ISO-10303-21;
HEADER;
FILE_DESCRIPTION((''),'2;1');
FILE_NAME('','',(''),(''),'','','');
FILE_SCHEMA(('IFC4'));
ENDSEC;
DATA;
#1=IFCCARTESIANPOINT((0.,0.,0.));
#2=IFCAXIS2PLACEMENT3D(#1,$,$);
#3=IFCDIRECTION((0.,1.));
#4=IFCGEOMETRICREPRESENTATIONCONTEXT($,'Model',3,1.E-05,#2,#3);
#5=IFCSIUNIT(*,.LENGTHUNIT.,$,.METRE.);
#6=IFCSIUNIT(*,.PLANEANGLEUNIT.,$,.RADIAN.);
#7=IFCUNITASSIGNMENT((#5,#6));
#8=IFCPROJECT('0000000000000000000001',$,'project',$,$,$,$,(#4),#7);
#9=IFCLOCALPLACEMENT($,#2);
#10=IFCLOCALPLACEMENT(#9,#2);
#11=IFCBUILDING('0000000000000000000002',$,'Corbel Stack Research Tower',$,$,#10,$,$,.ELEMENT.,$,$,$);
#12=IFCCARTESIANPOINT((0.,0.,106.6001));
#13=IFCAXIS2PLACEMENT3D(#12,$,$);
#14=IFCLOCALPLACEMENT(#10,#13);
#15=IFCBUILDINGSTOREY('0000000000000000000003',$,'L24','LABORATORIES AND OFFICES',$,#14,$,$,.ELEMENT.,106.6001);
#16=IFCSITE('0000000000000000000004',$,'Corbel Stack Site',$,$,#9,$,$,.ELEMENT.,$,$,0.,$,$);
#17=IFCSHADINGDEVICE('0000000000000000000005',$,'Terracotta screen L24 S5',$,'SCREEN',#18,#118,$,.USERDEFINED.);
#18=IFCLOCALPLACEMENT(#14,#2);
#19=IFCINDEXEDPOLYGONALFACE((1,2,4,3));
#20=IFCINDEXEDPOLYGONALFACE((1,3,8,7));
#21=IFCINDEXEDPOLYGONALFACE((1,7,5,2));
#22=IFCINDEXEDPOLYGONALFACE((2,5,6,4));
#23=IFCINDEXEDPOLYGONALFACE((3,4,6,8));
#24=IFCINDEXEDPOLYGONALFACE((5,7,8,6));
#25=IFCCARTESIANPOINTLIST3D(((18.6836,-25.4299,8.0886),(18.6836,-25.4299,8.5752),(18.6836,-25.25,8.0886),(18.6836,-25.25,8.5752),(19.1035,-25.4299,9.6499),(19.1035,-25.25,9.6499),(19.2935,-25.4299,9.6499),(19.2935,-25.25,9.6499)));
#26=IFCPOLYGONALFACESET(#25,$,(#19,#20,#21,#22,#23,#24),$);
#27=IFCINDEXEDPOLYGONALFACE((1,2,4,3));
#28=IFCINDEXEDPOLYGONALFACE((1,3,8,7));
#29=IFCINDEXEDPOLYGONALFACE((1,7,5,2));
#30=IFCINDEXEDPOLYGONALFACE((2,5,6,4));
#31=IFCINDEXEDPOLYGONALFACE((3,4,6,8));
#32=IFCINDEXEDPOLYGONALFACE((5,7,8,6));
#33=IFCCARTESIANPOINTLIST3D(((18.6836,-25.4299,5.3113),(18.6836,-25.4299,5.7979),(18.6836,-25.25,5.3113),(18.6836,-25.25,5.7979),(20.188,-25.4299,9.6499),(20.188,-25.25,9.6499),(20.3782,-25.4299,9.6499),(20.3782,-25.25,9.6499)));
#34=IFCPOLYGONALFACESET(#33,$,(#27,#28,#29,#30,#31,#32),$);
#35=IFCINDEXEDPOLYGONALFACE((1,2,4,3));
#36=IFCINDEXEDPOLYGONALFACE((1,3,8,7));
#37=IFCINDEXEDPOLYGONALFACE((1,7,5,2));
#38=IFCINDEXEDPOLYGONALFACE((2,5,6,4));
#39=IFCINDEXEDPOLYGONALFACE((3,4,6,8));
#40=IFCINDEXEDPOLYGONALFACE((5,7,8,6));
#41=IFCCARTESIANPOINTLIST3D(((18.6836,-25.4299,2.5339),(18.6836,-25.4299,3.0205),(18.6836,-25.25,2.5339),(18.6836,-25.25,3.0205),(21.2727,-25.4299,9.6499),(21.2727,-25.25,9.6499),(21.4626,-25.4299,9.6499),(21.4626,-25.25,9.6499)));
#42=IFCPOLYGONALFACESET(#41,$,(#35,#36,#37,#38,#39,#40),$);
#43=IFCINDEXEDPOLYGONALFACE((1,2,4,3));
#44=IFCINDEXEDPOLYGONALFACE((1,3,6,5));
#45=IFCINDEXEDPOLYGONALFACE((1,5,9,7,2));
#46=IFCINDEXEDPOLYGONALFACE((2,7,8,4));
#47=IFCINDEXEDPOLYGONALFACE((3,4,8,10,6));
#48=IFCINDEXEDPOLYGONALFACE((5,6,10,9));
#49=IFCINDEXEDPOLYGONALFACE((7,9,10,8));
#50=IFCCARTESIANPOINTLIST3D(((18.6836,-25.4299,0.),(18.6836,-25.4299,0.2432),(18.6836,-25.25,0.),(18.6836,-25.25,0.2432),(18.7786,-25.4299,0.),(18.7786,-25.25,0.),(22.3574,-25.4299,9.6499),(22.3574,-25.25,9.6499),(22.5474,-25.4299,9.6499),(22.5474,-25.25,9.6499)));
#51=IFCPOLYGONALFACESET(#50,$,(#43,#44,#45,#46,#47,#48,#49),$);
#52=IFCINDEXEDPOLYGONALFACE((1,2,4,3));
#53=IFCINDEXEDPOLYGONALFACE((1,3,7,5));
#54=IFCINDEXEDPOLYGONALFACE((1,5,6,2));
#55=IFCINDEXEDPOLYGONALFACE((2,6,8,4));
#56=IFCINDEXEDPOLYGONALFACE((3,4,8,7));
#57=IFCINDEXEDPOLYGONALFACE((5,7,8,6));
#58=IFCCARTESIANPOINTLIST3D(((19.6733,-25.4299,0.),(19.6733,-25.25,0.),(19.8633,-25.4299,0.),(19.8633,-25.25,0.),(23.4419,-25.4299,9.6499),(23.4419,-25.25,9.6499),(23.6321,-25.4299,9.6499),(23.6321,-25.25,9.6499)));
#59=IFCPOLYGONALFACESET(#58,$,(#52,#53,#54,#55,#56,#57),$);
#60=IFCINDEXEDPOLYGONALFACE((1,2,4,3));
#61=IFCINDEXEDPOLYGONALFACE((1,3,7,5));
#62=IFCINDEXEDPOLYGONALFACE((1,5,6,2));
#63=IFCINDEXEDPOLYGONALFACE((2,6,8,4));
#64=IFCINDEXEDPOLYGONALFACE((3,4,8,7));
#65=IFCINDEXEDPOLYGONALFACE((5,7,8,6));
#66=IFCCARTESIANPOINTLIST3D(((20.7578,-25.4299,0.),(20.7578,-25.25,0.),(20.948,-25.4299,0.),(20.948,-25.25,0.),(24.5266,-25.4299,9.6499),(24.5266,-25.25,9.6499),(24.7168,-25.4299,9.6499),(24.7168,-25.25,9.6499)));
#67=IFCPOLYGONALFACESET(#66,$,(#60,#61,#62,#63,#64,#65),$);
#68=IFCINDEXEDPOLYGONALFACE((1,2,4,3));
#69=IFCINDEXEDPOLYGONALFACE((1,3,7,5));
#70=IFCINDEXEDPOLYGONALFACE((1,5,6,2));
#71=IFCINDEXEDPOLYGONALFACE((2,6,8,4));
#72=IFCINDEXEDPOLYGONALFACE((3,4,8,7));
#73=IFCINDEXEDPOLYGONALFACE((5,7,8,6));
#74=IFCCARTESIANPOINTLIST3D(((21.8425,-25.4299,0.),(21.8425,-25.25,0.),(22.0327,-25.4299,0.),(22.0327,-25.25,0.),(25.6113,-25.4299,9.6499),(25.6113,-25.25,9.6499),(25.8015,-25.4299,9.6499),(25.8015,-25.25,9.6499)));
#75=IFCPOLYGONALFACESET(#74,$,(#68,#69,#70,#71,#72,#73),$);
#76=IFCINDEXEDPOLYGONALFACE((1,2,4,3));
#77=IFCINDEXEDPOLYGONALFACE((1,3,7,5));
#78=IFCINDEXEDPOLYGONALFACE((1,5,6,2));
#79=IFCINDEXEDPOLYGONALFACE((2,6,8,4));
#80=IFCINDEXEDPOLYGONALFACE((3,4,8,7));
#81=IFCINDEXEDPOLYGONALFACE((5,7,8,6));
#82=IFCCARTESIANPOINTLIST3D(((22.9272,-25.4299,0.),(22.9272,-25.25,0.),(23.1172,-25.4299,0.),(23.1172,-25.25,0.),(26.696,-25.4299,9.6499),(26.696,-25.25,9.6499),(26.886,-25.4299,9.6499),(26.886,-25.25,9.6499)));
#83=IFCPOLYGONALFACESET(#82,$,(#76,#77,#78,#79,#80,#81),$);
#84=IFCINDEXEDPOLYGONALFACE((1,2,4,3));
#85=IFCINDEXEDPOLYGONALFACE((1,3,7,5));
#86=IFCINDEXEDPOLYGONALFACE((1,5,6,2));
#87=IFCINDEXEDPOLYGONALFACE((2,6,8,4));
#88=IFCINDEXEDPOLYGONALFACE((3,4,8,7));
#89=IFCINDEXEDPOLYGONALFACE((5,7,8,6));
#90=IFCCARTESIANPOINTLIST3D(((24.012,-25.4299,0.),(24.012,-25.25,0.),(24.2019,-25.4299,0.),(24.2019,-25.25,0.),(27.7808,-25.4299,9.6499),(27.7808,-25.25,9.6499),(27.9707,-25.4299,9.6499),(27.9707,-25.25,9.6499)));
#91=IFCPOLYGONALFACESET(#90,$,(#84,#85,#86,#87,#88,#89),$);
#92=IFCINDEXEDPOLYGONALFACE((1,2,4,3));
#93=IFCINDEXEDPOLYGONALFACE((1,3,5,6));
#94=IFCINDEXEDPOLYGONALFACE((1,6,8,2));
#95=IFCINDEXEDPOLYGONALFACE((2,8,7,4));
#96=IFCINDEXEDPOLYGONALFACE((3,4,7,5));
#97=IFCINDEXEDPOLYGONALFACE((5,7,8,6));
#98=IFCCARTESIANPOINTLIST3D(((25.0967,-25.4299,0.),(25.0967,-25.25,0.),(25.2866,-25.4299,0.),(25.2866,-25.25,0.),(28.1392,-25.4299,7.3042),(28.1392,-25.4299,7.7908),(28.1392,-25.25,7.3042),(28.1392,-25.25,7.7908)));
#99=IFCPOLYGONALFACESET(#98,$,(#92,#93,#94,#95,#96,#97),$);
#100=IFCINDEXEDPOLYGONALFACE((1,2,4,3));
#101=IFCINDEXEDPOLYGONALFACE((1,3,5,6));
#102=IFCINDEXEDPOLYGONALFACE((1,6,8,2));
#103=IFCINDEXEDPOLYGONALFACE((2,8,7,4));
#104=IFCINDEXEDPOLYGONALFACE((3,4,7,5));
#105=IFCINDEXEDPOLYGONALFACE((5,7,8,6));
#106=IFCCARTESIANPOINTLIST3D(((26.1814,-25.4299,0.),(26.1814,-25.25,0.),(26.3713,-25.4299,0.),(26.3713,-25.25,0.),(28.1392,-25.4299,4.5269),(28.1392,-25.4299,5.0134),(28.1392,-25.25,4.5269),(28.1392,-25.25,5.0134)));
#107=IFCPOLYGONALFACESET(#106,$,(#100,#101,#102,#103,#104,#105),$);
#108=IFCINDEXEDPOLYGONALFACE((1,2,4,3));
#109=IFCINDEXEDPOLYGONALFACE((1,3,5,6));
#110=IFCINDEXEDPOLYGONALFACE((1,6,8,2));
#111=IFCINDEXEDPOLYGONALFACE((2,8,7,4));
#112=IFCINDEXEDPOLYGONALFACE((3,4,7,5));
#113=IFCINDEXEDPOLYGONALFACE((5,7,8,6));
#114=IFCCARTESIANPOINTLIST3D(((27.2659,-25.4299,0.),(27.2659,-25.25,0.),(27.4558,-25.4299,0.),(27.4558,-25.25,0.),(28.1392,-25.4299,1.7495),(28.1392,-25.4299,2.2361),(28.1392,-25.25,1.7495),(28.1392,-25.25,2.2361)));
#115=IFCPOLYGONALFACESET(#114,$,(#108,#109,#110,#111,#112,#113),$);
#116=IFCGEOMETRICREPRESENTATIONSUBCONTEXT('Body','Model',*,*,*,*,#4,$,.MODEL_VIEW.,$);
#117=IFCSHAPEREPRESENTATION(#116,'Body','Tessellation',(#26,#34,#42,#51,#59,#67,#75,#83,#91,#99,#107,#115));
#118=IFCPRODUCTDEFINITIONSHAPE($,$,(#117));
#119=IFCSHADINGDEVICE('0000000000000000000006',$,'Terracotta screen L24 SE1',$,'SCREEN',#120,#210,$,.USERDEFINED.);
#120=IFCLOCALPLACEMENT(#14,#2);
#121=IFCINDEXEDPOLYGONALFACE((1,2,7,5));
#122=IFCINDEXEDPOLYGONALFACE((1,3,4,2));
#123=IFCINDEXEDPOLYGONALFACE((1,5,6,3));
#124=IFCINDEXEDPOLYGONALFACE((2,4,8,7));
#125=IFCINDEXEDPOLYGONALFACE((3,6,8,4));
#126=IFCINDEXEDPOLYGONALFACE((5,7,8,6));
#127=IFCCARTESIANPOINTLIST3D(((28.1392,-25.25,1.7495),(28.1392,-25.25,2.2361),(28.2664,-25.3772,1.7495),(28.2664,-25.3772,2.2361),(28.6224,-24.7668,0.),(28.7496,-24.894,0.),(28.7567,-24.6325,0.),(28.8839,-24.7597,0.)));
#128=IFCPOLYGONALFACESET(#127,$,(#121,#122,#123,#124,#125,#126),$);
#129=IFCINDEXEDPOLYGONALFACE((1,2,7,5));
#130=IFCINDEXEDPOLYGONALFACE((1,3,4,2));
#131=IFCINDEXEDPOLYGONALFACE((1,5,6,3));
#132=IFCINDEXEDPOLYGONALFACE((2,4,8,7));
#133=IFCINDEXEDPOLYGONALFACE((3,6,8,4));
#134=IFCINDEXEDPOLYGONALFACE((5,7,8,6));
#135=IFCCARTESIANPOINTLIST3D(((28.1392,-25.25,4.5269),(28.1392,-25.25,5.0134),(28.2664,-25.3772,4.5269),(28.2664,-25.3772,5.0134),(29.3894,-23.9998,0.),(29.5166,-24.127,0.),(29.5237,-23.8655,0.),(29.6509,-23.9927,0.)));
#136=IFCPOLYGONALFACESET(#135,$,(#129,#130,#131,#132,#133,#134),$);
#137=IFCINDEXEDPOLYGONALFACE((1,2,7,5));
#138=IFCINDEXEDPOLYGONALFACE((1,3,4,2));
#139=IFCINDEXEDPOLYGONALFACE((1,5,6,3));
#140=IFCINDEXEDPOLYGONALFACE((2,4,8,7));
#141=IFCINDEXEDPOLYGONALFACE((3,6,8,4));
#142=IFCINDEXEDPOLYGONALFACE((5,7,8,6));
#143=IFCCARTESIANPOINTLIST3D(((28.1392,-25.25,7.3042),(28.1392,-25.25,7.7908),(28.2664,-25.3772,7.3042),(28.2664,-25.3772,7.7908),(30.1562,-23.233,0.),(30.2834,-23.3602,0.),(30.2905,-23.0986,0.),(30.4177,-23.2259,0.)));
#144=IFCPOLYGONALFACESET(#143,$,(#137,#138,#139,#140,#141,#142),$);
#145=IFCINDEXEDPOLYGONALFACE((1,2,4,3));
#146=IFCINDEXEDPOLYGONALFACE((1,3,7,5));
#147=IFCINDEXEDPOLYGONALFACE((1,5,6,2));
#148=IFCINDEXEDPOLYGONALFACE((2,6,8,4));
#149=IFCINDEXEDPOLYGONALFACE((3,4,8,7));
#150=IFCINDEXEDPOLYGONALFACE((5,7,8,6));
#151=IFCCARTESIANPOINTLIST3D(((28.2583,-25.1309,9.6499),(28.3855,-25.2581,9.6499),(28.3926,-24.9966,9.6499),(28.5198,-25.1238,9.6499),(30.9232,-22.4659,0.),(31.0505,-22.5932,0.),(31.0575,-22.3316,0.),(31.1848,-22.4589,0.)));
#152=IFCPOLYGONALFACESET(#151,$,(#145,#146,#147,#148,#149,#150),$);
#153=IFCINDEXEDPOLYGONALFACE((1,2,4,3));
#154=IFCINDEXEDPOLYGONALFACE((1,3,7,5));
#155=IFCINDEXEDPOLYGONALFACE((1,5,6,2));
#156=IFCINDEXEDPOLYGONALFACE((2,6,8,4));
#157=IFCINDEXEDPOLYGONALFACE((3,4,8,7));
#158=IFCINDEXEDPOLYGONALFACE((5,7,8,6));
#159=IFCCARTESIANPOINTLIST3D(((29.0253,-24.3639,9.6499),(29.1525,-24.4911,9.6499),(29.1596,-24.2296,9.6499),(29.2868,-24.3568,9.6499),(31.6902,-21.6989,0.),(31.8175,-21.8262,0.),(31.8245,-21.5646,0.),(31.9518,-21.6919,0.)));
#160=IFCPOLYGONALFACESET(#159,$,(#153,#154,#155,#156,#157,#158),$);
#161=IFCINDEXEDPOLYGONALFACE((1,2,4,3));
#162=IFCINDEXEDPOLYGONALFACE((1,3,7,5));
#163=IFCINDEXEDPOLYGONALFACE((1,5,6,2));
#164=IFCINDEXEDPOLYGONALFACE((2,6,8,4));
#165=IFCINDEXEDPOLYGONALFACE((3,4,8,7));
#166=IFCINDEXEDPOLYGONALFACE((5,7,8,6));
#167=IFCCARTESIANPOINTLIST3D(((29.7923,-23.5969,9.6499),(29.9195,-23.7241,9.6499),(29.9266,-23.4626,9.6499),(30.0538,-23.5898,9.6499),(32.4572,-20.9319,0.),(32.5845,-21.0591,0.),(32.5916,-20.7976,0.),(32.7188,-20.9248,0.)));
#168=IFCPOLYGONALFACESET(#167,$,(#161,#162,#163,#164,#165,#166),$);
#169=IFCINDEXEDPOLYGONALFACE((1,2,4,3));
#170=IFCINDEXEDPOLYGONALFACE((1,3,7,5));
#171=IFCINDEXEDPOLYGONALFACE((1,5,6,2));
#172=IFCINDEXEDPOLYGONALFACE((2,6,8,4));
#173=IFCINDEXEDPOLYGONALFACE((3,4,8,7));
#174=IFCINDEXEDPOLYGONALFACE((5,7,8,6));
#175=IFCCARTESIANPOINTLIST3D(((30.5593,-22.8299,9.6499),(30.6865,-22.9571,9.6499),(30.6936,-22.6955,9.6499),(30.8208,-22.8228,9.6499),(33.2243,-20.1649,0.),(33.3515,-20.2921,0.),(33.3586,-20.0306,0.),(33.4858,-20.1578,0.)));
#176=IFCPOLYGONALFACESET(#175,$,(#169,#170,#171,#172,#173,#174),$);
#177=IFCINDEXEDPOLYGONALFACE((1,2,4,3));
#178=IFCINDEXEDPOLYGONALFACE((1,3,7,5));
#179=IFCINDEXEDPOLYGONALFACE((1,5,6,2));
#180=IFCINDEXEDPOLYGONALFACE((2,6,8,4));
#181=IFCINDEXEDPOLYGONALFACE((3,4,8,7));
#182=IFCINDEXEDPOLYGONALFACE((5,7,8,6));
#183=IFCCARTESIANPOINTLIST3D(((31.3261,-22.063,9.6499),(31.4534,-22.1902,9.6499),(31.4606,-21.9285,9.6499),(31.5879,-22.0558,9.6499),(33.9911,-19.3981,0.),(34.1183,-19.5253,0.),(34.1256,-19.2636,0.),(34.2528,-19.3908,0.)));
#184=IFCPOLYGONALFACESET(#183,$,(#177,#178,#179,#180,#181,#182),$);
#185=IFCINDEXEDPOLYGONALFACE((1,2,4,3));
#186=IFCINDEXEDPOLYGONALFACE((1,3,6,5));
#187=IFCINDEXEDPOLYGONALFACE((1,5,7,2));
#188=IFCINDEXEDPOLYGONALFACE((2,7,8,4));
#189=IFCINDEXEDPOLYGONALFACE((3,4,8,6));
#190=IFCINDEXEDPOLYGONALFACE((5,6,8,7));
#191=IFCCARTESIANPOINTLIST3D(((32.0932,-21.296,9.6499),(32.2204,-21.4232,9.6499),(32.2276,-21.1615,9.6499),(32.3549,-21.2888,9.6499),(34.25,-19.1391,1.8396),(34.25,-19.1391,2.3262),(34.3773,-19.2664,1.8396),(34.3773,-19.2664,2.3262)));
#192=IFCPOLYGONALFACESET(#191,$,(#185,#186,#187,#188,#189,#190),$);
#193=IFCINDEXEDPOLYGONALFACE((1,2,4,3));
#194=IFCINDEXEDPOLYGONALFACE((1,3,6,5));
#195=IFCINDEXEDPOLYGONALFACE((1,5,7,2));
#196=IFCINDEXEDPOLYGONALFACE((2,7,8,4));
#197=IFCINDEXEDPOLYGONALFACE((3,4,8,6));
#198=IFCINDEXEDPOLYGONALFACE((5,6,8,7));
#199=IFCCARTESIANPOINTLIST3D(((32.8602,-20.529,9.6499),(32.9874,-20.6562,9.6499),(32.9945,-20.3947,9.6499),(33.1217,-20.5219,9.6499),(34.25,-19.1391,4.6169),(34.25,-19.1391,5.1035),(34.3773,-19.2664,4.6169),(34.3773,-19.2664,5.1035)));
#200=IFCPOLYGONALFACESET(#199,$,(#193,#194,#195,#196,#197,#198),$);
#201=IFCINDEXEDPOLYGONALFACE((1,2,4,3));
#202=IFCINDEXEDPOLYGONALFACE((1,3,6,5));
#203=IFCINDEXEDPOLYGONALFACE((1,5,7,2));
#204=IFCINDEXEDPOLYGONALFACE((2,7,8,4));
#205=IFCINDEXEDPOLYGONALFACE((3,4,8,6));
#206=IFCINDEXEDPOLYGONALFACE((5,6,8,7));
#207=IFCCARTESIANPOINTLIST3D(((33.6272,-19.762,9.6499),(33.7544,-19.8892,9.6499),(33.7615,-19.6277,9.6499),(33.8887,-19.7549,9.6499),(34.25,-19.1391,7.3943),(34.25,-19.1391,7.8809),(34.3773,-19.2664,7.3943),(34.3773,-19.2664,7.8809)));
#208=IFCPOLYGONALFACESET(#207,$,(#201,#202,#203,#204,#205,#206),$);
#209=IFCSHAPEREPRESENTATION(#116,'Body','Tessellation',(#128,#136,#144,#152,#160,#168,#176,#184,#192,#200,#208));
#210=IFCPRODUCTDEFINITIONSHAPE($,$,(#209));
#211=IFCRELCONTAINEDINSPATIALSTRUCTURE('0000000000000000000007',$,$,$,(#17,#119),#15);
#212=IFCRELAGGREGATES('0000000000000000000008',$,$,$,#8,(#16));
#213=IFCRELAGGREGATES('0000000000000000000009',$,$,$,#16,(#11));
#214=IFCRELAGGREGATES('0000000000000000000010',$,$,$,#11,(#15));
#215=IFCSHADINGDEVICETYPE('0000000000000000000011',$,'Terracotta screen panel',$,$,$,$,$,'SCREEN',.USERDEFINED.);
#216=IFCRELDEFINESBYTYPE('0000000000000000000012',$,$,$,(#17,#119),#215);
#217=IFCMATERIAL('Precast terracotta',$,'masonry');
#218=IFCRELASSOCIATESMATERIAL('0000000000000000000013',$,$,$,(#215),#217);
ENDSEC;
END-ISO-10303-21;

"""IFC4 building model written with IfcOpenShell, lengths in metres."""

from ifc_helpers import new_model, si_unit, direction, frame, origin, place, context, subcontext, project, spatial, polyline, outline, extrude, source, transform, mapped, material, type_object, element, save


model = new_model("IFC4")

# Units and contexts
model_context = context("Model", 3, precision=1e-05, world=origin(), true_north=direction((0.0, 1.0)))
body_context = subcontext(model_context, "Body", "Model", "MODEL_VIEW")
ifc_project = project(units=[si_unit("LENGTHUNIT", "METRE"), si_unit("PLANEANGLEUNIT", "RADIAN")], contexts=[model_context])

# Site, building, storey
site_placement = place(None, origin())
site = spatial("IfcSite", under=ifc_project, at=site_placement, Name="Corbel Stack Site", CompositionType="ELEMENT", RefElevation=0.0)
building_placement = place(site_placement, origin())
building = spatial("IfcBuilding", under=site, at=building_placement, Name="Corbel Stack Research Tower", CompositionType="ELEMENT")
storey_placement = place(building_placement, frame((0.0, 0.0, 106.6001)))
storey = spatial("IfcBuildingStorey", under=building, at=storey_placement, Name="L24", Description="LABORATORIES AND OFFICES", CompositionType="ELEMENT", Elevation=106.6001)

# Shading devices
ifc_material_1 = material(Name="Precast terracotta", Category="masonry")
shading_device_type = type_object("IfcShadingDeviceType", Name="Terracotta screen panel", ElementType="SCREEN", PredefinedType="USERDEFINED", material=ifc_material_1)
shared_shape_1 = source(origin(), body_context, "Body", "SweptSolid", [
    extrude(outline(polyline([(0.6099, 9.6499), (0.4199, 9.6499), (0.0, 8.5752), (0.0, 8.0886), (0.6099, 9.6499)])), frame((0.0, 0.0, 0.0), z_axis=(0.0, -1.0, 0.0), x_axis=(1.0, 0.0, 0.0)), (0.0, 0.0, 1.0), 0.1799),
    extrude(outline(polyline([(1.6946, 9.6499), (1.5044, 9.6499), (0.0, 5.7979), (0.0, 5.3113), (1.6946, 9.6499)])), frame((0.0, 0.0, 0.0), z_axis=(0.0, -1.0, 0.0), x_axis=(1.0, 0.0, 0.0)), (0.0, 0.0, 1.0), 0.1799),
    extrude(outline(polyline([(2.7791, 9.6499), (2.5891, 9.6499), (0.0, 3.0205), (0.0, 2.5339), (2.7791, 9.6499)])), frame((0.0, 0.0, 0.0), z_axis=(0.0, -1.0, 0.0), x_axis=(1.0, 0.0, 0.0)), (0.0, 0.0, 1.0), 0.1799),
    extrude(outline(polyline([(0.095, 0.0), (3.8638, 9.6499), (3.6738, 9.6499), (0.0, 0.2432), (0.0, 0.0), (0.095, 0.0)])), frame((0.0, 0.0, 0.0), z_axis=(0.0, -1.0, 0.0), x_axis=(1.0, 0.0, 0.0)), (0.0, 0.0, 1.0), 0.1799),
    extrude(outline(polyline([(1.1797, 0.0), (4.9485, 9.6499), (4.7583, 9.6499), (0.9897, 0.0), (1.1797, 0.0)])), frame((0.0, 0.0, 0.0), z_axis=(0.0, -1.0, 0.0), x_axis=(1.0, 0.0, 0.0)), (0.0, 0.0, 1.0), 0.1799),
    extrude(outline(polyline([(2.2644, 0.0), (6.0332, 9.6499), (5.843, 9.6499), (2.0742, 0.0), (2.2644, 0.0)])), frame((0.0, 0.0, 0.0), z_axis=(0.0, -1.0, 0.0), x_axis=(1.0, 0.0, 0.0)), (0.0, 0.0, 1.0), 0.1799),
    extrude(outline(polyline([(3.3491, 0.0), (7.1179, 9.6499), (6.9277, 9.6499), (3.1589, 0.0), (3.3491, 0.0)])), frame((0.0, 0.0, 0.0), z_axis=(0.0, -1.0, 0.0), x_axis=(1.0, 0.0, 0.0)), (0.0, 0.0, 1.0), 0.1799),
    extrude(outline(polyline([(4.4336, 0.0), (8.2024, 9.6499), (8.0125, 9.6499), (4.2437, 0.0), (4.4336, 0.0)])), frame((0.0, 0.0, 0.0), z_axis=(0.0, -1.0, 0.0), x_axis=(1.0, 0.0, 0.0)), (0.0, 0.0, 1.0), 0.1799),
    extrude(outline(polyline([(5.5183, 0.0), (9.2871, 9.6499), (9.0972, 9.6499), (5.3284, 0.0), (5.5183, 0.0)])), frame((0.0, 0.0, 0.0), z_axis=(0.0, -1.0, 0.0), x_axis=(1.0, 0.0, 0.0)), (0.0, 0.0, 1.0), 0.1799),
    extrude(outline(polyline([(6.603, 0.0), (9.4556, 7.3042), (9.4556, 7.7908), (6.4131, 0.0), (6.603, 0.0)])), frame((0.0, 0.0, 0.0), z_axis=(0.0, -1.0, 0.0), x_axis=(1.0, 0.0, 0.0)), (0.0, 0.0, 1.0), 0.1799),
    extrude(outline(polyline([(7.6877, 0.0), (9.4556, 4.5269), (9.4556, 5.0134), (7.4978, 0.0), (7.6877, 0.0)])), frame((0.0, 0.0, 0.0), z_axis=(0.0, -1.0, 0.0), x_axis=(1.0, 0.0, 0.0)), (0.0, 0.0, 1.0), 0.1799),
    extrude(outline(polyline([(8.7722, 0.0), (9.4556, 1.7495), (9.4556, 2.2361), (8.5823, 0.0), (8.7722, 0.0)])), frame((0.0, 0.0, 0.0), z_axis=(0.0, -1.0, 0.0), x_axis=(1.0, 0.0, 0.0)), (0.0, 0.0, 1.0), 0.1799),
])
shading_device_1_placement = place(storey_placement, frame((18.6836, -25.25, 0.0), z_axis=(0.0, 0.0, 1.0), x_axis=(1.0, 0.0, 0.0)))
element("IfcShadingDevice", 1, at=shading_device_1_placement, inside=storey, type_object=shading_device_type, Name="Terracotta screen L24 S5", ObjectType="SCREEN", PredefinedType="USERDEFINED", context=body_context, shape_type="MappedRepresentation", body=[
    mapped(shared_shape_1, transform((0.0, 0.0, 0.0))),
])
shared_shape_2 = source(origin(), body_context, "Body", "SweptSolid", [
    extrude(outline(polyline([(0.8733, 0.0), (0.0, 2.2361), (0.0, 1.7495), (0.6833, 0.0), (0.8733, 0.0)])), frame((0.0, 0.0, 0.0), z_axis=(0.0, -1.0, 0.0), x_axis=(1.0, 0.0, 0.0)), (0.0, 0.0, 1.0), 0.1799),
    extrude(outline(polyline([(1.958, 0.0), (0.0, 5.0134), (0.0, 4.5269), (1.7681, 0.0), (1.958, 0.0)])), frame((0.0, 0.0, 0.0), z_axis=(0.0, -1.0, 0.0), x_axis=(1.0, 0.0, 0.0)), (0.0, 0.0, 1.0), 0.1799),
    extrude(outline(polyline([(3.0425, 0.0), (0.0, 7.7908), (0.0, 7.3042), (2.8525, 0.0), (3.0425, 0.0)])), frame((0.0, 0.0, 0.0), z_axis=(0.0, -1.0, 0.0), x_axis=(1.0, 0.0, 0.0)), (0.0, 0.0, 1.0), 0.1799),
    extrude(outline(polyline([(4.1272, 0.0), (0.3584, 9.6499), (0.1685, 9.6499), (3.9373, 0.0), (4.1272, 0.0)])), frame((0.0, 0.0, 0.0), z_axis=(0.0, -1.0, 0.0), x_axis=(1.0, 0.0, 0.0)), (0.0, 0.0, 1.0), 0.1799),
    extrude(outline(polyline([(5.2119, 0.0), (1.4431, 9.6499), (1.2532, 9.6499), (5.022, 0.0), (5.2119, 0.0)])), frame((0.0, 0.0, 0.0), z_axis=(0.0, -1.0, 0.0), x_axis=(1.0, 0.0, 0.0)), (0.0, 0.0, 1.0), 0.1799),
    extrude(outline(polyline([(6.2966, 0.0), (2.5278, 9.6499), (2.3379, 9.6499), (6.1067, 0.0), (6.2966, 0.0)])), frame((0.0, 0.0, 0.0), z_axis=(0.0, -1.0, 0.0), x_axis=(1.0, 0.0, 0.0)), (0.0, 0.0, 1.0), 0.1799),
    extrude(outline(polyline([(7.3813, 0.0), (3.6125, 9.6499), (3.4226, 9.6499), (7.1914, 0.0), (7.3813, 0.0)])), frame((0.0, 0.0, 0.0), z_axis=(0.0, -1.0, 0.0), x_axis=(1.0, 0.0, 0.0)), (0.0, 0.0, 1.0), 0.1799),
    extrude(outline(polyline([(8.4661, 0.0), (4.6973, 9.6499), (4.5071, 9.6499), (8.2759, 0.0), (8.4661, 0.0)])), frame((0.0, 0.0, 0.0), z_axis=(0.0, -1.0, 0.0), x_axis=(1.0, 0.0, 0.0)), (0.0, 0.0, 1.0), 0.1799),
    extrude(outline(polyline([(5.782, 9.6499), (5.5918, 9.6499), (8.6421, 1.8396), (8.6421, 2.3262), (5.782, 9.6499)])), frame((0.0, 0.0, 0.0), z_axis=(0.0, -1.0, 0.0), x_axis=(1.0, 0.0, 0.0)), (0.0, 0.0, 1.0), 0.1799),
    extrude(outline(polyline([(6.8665, 9.6499), (6.6765, 9.6499), (8.6421, 4.6169), (8.6421, 5.1035), (6.8665, 9.6499)])), frame((0.0, 0.0, 0.0), z_axis=(0.0, -1.0, 0.0), x_axis=(1.0, 0.0, 0.0)), (0.0, 0.0, 1.0), 0.1799),
    extrude(outline(polyline([(7.9512, 9.6499), (7.7612, 9.6499), (8.6421, 7.3943), (8.6421, 7.8809), (7.9512, 9.6499)])), frame((0.0, 0.0, 0.0), z_axis=(0.0, -1.0, 0.0), x_axis=(1.0, 0.0, 0.0)), (0.0, 0.0, 1.0), 0.1799),
])
shading_device_2_placement = place(storey_placement, frame((28.1392, -25.25, 0.0), z_axis=(0.0, 0.0, 1.0), x_axis=(0.707107, 0.707107, 0.0)))
element("IfcShadingDevice", 2, at=shading_device_2_placement, inside=storey, type_object=shading_device_type, Name="Terracotta screen L24 SE1", ObjectType="SCREEN", PredefinedType="USERDEFINED", context=body_context, shape_type="MappedRepresentation", body=[
    mapped(shared_shape_2, transform((0.0, 0.0, 0.0))),
])

save(model, "model.ifc")
